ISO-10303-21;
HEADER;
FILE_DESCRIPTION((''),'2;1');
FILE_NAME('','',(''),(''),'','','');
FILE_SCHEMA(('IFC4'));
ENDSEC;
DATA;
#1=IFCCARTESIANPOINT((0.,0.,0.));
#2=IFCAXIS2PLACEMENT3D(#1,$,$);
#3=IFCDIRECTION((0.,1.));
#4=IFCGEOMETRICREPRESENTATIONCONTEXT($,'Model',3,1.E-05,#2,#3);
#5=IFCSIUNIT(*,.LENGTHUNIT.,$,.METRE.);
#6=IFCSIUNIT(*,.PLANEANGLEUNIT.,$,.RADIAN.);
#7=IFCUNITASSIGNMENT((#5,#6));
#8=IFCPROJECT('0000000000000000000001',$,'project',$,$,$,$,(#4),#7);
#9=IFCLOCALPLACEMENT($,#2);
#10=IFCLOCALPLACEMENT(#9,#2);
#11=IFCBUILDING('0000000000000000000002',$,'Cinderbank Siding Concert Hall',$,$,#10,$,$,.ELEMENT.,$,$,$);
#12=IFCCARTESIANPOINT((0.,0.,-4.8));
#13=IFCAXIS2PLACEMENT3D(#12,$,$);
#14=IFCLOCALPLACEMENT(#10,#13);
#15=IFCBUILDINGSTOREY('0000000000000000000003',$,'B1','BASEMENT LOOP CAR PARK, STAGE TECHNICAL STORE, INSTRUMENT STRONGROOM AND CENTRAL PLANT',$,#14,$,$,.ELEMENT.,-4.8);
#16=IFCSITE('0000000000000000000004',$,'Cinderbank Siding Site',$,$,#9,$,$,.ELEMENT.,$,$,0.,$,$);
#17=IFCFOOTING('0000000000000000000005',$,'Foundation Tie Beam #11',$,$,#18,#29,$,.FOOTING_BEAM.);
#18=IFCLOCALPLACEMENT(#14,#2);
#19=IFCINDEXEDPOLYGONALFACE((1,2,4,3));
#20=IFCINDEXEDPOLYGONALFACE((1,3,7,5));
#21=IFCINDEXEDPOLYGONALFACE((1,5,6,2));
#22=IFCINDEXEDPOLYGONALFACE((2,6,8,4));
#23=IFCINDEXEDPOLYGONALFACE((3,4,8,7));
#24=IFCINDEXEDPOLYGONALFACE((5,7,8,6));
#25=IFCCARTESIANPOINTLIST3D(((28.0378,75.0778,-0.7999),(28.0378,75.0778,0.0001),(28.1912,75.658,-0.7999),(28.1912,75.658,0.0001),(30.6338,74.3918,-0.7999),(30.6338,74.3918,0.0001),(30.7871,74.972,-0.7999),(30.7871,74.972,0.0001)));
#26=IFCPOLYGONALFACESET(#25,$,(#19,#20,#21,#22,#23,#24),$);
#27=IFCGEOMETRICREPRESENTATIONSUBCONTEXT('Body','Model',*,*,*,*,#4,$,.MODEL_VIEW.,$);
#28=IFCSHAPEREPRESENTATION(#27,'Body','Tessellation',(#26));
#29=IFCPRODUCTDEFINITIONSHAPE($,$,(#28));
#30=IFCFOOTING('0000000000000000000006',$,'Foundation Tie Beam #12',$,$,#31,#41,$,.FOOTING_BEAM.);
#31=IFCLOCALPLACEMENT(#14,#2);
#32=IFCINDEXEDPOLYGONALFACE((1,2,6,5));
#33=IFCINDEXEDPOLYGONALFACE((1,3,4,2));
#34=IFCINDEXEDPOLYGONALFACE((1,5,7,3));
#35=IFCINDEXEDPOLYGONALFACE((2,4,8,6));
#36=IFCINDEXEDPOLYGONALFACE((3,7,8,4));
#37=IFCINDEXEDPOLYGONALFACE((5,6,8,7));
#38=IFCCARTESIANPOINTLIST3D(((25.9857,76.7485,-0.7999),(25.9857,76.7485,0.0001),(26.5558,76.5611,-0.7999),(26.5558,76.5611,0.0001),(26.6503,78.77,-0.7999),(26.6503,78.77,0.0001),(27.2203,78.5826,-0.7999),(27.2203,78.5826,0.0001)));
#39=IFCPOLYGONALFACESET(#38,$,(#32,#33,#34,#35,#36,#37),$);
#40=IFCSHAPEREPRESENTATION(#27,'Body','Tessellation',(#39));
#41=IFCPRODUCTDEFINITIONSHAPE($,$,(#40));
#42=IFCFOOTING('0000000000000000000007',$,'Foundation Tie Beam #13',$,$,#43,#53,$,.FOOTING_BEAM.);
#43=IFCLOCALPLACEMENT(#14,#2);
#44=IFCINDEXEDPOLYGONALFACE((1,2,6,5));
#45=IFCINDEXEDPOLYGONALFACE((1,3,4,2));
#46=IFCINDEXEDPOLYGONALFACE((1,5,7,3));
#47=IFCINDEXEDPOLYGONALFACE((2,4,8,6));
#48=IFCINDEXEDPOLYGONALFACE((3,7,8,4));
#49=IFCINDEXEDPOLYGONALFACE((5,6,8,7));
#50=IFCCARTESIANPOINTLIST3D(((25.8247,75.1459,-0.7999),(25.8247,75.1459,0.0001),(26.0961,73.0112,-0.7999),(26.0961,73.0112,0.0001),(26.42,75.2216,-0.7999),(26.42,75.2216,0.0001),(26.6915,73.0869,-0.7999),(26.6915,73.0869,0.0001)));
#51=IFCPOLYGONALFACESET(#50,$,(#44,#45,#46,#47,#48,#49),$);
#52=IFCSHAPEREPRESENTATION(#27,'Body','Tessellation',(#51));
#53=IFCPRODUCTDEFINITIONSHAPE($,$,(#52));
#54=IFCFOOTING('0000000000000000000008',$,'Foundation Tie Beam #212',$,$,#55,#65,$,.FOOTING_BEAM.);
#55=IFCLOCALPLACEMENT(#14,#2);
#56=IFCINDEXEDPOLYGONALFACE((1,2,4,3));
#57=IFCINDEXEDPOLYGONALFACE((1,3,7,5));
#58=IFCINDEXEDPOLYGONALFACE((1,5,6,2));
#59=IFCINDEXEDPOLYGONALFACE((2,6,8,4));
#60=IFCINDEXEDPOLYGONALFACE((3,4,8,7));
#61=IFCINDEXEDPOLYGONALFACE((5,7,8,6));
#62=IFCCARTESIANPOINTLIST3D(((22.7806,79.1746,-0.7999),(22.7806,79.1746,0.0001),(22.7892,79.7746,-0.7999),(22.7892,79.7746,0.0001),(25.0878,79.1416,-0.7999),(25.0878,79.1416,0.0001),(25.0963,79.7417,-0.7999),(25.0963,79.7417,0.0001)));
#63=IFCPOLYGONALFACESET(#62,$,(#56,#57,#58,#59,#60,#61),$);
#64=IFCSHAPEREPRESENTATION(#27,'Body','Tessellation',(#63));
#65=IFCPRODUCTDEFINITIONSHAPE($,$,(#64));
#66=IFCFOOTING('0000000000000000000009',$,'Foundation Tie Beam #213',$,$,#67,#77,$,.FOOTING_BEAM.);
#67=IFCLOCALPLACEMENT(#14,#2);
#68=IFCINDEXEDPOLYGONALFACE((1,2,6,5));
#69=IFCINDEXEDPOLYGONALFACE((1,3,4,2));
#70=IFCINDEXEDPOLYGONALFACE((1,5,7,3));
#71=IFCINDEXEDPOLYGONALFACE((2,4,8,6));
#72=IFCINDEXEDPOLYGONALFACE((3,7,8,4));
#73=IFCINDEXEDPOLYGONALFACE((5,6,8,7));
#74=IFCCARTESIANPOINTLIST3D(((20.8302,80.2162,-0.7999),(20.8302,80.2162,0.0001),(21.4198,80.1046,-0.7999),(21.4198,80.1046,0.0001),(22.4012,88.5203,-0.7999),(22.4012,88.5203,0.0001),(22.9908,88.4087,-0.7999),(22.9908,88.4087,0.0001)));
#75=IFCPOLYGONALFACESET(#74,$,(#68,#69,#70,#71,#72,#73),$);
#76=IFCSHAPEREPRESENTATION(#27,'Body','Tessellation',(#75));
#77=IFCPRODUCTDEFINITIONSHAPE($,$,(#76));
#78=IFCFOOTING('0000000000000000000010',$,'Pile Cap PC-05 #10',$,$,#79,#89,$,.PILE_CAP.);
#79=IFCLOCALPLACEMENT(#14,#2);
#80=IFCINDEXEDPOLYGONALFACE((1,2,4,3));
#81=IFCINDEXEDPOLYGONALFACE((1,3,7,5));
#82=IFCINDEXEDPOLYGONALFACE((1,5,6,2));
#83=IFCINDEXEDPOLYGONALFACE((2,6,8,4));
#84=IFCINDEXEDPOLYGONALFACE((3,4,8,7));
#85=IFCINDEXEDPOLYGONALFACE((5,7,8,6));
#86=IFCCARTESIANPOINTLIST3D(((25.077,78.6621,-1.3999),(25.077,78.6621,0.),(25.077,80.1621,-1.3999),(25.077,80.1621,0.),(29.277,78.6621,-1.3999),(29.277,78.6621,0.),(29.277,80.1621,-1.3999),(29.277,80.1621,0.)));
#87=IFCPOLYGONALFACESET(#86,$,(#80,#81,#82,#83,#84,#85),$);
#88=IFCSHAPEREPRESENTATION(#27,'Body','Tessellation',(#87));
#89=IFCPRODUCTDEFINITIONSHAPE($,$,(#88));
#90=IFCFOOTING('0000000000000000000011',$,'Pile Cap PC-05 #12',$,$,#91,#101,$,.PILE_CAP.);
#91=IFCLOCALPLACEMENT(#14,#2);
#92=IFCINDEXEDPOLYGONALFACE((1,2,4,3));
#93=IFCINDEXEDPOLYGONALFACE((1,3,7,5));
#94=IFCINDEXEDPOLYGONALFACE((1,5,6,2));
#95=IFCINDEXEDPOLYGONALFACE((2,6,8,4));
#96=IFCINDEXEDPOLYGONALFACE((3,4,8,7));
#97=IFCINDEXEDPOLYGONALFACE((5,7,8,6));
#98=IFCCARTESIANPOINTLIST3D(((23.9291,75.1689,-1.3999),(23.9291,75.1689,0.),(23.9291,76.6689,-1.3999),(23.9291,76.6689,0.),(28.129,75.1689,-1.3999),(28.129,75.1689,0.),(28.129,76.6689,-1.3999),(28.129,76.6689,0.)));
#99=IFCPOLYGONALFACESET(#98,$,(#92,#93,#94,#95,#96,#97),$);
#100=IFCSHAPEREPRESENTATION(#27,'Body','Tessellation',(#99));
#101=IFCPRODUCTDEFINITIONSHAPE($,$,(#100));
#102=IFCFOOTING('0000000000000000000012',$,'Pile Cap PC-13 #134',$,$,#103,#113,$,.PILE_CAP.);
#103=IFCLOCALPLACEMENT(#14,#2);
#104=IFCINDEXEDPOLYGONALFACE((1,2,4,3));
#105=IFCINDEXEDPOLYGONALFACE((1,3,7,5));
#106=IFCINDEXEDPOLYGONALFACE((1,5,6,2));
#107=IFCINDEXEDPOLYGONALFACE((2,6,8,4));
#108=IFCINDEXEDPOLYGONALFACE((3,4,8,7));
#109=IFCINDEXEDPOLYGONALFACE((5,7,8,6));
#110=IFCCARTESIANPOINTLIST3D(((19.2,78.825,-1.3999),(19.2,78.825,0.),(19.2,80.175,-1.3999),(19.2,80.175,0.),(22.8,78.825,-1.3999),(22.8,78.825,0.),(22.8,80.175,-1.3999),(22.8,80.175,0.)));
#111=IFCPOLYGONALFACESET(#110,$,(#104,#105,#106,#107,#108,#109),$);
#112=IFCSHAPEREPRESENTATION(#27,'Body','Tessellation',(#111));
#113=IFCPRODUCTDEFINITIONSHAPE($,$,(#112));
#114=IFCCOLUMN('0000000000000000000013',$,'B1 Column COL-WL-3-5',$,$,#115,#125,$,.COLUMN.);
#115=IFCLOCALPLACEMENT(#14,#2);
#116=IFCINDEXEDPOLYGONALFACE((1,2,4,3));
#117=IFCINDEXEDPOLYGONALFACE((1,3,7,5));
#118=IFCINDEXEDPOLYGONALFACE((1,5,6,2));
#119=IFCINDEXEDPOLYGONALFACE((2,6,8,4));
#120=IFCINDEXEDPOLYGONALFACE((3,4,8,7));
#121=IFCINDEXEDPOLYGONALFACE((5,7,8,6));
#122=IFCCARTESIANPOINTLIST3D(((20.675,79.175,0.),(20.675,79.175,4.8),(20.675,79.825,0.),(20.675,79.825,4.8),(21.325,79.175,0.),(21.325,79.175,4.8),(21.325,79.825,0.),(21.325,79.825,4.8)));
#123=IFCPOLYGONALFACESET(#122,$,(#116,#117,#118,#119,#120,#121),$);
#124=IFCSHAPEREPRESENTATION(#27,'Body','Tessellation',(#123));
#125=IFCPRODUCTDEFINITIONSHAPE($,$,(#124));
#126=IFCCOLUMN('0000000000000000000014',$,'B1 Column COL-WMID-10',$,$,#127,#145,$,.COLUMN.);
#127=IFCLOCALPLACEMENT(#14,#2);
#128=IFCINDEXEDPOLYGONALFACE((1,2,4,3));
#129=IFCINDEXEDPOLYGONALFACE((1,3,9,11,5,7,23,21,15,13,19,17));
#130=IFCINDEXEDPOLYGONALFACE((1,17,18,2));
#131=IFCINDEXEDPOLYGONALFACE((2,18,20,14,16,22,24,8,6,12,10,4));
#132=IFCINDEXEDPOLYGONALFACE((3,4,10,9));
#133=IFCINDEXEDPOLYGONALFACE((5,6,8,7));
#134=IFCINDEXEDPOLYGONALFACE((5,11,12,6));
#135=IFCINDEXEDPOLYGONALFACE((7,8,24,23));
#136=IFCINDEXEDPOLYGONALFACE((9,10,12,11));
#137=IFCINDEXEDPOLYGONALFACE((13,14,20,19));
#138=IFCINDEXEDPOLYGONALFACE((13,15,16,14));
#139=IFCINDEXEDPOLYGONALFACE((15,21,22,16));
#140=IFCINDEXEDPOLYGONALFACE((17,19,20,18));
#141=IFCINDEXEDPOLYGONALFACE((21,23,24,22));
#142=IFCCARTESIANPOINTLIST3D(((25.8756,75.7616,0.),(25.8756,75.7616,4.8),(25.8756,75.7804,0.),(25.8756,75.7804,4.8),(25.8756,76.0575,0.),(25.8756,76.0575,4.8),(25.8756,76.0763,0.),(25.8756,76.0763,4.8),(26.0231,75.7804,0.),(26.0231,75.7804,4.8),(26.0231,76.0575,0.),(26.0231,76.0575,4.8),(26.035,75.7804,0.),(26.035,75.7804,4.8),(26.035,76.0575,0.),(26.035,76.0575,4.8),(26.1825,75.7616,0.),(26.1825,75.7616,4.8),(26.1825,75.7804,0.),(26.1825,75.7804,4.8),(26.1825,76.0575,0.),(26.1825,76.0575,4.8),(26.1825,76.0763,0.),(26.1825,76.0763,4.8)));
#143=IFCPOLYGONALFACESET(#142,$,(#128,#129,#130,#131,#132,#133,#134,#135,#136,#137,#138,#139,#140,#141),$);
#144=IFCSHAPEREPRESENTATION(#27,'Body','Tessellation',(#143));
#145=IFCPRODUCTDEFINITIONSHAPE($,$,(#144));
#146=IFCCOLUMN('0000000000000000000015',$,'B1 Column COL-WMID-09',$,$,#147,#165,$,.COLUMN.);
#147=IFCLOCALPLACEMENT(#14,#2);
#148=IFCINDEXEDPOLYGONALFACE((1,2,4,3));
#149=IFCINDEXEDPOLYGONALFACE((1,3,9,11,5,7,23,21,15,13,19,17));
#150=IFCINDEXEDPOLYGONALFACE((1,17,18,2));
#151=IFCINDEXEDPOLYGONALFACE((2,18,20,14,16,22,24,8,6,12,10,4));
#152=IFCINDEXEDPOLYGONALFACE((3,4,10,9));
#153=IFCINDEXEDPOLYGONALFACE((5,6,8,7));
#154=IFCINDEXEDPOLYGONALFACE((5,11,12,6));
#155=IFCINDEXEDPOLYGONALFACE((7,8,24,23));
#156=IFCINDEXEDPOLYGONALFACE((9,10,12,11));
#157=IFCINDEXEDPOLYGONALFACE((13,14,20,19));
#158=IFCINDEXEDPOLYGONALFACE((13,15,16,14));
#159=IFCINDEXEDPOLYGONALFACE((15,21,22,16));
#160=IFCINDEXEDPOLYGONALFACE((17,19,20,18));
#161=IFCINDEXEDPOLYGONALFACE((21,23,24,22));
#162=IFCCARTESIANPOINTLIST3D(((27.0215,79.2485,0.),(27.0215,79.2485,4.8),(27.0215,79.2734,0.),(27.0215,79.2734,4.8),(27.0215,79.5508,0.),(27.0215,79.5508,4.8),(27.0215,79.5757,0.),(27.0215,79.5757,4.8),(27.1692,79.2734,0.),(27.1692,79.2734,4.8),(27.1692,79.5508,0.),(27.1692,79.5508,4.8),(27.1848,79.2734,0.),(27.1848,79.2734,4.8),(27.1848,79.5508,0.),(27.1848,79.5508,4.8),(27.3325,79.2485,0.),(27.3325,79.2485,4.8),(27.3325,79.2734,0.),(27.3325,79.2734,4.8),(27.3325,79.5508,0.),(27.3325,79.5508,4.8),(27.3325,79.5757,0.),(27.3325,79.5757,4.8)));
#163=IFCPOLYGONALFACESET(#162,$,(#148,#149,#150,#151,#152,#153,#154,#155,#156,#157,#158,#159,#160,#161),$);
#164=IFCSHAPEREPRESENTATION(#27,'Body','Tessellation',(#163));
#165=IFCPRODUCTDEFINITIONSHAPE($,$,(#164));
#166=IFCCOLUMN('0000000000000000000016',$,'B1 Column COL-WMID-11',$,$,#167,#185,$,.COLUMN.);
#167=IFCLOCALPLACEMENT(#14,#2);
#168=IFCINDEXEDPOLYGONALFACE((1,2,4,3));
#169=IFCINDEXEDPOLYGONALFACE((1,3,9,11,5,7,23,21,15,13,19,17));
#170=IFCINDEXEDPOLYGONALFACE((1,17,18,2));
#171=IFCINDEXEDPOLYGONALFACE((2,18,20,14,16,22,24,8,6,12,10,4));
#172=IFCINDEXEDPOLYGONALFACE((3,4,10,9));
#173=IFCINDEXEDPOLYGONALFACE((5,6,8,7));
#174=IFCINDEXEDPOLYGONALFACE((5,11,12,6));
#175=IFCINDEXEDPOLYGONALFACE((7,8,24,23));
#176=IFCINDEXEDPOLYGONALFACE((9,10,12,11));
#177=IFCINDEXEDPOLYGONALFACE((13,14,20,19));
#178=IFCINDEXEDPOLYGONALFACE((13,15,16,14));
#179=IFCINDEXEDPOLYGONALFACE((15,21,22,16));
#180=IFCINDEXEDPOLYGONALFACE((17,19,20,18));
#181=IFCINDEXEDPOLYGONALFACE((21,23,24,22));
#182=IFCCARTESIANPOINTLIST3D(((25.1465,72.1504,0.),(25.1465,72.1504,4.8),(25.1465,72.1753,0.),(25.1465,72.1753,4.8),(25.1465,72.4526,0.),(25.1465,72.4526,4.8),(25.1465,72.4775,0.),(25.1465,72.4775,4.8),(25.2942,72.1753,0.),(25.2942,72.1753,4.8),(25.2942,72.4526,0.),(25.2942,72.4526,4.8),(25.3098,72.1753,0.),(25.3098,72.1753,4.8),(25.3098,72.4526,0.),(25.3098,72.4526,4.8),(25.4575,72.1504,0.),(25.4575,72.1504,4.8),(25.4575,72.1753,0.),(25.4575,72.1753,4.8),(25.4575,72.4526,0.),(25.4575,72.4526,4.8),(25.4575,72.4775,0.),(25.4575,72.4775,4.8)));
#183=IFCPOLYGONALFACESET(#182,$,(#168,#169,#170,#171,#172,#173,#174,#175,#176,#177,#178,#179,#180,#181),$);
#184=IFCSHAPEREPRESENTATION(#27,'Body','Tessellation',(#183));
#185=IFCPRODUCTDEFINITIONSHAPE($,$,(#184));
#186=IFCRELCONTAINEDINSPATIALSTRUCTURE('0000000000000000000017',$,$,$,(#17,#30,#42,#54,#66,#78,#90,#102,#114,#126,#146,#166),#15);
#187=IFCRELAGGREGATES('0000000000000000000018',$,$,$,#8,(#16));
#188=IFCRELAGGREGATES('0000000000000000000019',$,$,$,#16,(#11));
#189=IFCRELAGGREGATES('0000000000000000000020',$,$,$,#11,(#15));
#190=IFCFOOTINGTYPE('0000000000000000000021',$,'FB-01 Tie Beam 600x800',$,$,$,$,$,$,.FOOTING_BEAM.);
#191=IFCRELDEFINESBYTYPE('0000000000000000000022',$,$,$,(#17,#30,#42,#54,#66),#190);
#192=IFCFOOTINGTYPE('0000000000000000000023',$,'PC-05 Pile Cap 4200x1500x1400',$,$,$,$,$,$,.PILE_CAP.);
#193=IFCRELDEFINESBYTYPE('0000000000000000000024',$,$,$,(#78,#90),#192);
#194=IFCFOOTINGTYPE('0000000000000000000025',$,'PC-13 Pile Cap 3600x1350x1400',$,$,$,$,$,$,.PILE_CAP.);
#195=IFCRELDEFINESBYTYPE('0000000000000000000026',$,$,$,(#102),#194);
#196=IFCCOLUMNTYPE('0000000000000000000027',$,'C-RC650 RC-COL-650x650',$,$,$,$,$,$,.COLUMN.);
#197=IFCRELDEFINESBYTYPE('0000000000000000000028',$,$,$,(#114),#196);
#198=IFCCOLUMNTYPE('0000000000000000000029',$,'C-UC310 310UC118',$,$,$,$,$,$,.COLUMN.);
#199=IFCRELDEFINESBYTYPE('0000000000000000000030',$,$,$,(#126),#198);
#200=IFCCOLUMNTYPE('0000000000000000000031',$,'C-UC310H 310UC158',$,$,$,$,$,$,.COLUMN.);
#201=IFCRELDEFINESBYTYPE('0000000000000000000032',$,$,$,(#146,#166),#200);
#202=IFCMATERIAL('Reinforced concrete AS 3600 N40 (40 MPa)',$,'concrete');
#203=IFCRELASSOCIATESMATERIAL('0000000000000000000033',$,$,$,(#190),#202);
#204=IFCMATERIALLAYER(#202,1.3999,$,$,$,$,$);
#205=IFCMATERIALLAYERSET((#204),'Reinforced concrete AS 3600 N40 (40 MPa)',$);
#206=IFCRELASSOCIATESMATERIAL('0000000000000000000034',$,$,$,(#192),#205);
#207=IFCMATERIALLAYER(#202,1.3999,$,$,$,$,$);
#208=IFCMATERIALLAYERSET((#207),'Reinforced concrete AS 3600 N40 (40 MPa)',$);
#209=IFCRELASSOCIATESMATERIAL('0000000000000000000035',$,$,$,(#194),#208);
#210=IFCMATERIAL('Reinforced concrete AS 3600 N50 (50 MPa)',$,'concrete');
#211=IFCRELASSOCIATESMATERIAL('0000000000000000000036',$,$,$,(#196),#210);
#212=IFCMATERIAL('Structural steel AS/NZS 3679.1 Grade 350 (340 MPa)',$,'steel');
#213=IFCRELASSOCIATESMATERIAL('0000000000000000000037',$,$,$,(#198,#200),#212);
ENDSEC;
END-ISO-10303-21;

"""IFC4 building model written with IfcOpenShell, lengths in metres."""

from ifc_helpers import new_model, si_unit, direction, frame, origin, origin_2d, place, context, subcontext, project, spatial, rectangle, i_section, extrude, material, layer, layer_set, material_profile, profile_set, type_object, element, save


model = new_model("IFC4")

# Units and contexts
model_context = context("Model", 3, precision=1e-05, world=origin(), true_north=direction((0.0, 1.0)))
body_context = subcontext(model_context, "Body", "Model", "MODEL_VIEW")
ifc_project = project(units=[si_unit("LENGTHUNIT", "METRE"), si_unit("PLANEANGLEUNIT", "RADIAN")], contexts=[model_context])

# Site, building, storey
site_placement = place(None, origin())
site = spatial("IfcSite", under=ifc_project, at=site_placement, Name="Cinderbank Siding Site", CompositionType="ELEMENT", RefElevation=0.0)
building_placement = place(site_placement, origin())
building = spatial("IfcBuilding", under=site, at=building_placement, Name="Cinderbank Siding Concert Hall", CompositionType="ELEMENT")
storey_placement = place(building_placement, frame((0.0, 0.0, -4.8)))
storey = spatial("IfcBuildingStorey", under=building, at=storey_placement, Name="B1", Description="BASEMENT LOOP CAR PARK, STAGE TECHNICAL STORE, INSTRUMENT STRONGROOM AND CENTRAL PLANT", CompositionType="ELEMENT", Elevation=-4.8)

# Shared definitions
ifc_material_1 = material(Name="Reinforced concrete AS 3600 N40 (40 MPa)", Category="concrete")

# Footings
ifc_material_profile_1 = material_profile(ifc_material_1, rectangle(XDim=0.6001, YDim=0.8, at=origin_2d()), Name="RC-FB-600x800", Category="LoadBearing")
ifc_profile_set_1 = profile_set([ifc_material_profile_1], Name="Reinforced concrete AS 3600 N40 (40 MPa)")
footing_type_1 = type_object("IfcFootingType", Name="FB-01 Tie Beam 600x800", PredefinedType="FOOTING_BEAM", material=ifc_profile_set_1)
footing_1_placement = place(storey_placement, frame((28.1145, 75.3679, -0.3999), z_axis=(0.966809, -0.2555, 0.0), x_axis=(0.2555, 0.966809, 0.0)))
element("IfcFooting", 1, at=footing_1_placement, inside=storey, type_object=footing_type_1, Name="Foundation Tie Beam #11", PredefinedType="FOOTING_BEAM", context=body_context, shape_type="SweptSolid", body=[
    extrude(rectangle(XDim=0.6001, YDim=0.8, at=origin_2d()), origin(), (0.0, 0.0, 1.0), 2.6851),
])
footing_2_placement = place(storey_placement, frame((26.2708, 76.6548, -0.3999), z_axis=(0.312301, 0.949983, 0.0), x_axis=(-0.949983, 0.312301, 0.0)))
element("IfcFooting", 2, at=footing_2_placement, inside=storey, type_object=footing_type_1, Name="Foundation Tie Beam #12", PredefinedType="FOOTING_BEAM", context=body_context, shape_type="SweptSolid", body=[
    extrude(rectangle(XDim=0.6001, YDim=0.8, at=origin_2d()), origin(), (0.0, 0.0, 1.0), 2.1279),
])
footing_3_placement = place(storey_placement, frame((26.3938, 73.0491, -0.3999), z_axis=(-0.126157, 0.99201, 0.0), x_axis=(-0.99201, -0.126157, 0.0)))
element("IfcFooting", 3, at=footing_3_placement, inside=storey, type_object=footing_type_1, Name="Foundation Tie Beam #13", PredefinedType="FOOTING_BEAM", context=body_context, shape_type="SweptSolid", body=[
    extrude(rectangle(XDim=0.6001, YDim=0.8, at=origin_2d()), origin(), (0.0, 0.0, 1.0), 2.1519),
])
footing_4_placement = place(storey_placement, frame((22.7849, 79.4746, -0.3999), z_axis=(0.999898, -0.014284, 0.0), x_axis=(0.014284, 0.999898, 0.0)))
element("IfcFooting", 4, at=footing_4_placement, inside=storey, type_object=footing_type_1, Name="Foundation Tie Beam #212", PredefinedType="FOOTING_BEAM", context=body_context, shape_type="SweptSolid", body=[
    extrude(rectangle(XDim=0.6001, YDim=0.8, at=origin_2d()), origin(), (0.0, 0.0, 1.0), 2.3074),
])
footing_5_placement = place(storey_placement, frame((21.125, 80.1604, -0.3999), z_axis=(0.185889, 0.982571, 0.0), x_axis=(-0.982571, 0.185889, 0.0)))
element("IfcFooting", 5, at=footing_5_placement, inside=storey, type_object=footing_type_1, Name="Foundation Tie Beam #213", PredefinedType="FOOTING_BEAM", context=body_context, shape_type="SweptSolid", body=[
    extrude(rectangle(XDim=0.6001, YDim=0.8, at=origin_2d()), origin(), (0.0, 0.0, 1.0), 8.4514),
])
ifc_layer_1 = layer(ifc_material_1, 1.3999)
ifc_layer_set_1 = layer_set([ifc_layer_1], Name="Reinforced concrete AS 3600 N40 (40 MPa)")
footing_type_2 = type_object("IfcFootingType", Name="PC-05 Pile Cap 4200x1500x1400", PredefinedType="PILE_CAP", material=ifc_layer_set_1)
for number, where, z_axis, x_axis, name in (
    (6, (27.177, 79.4121, -1.3999), (0.0, 0.0, 1.0), (1.0, 0.0, 0.0), "Pile Cap PC-05 #10"),
    (7, (26.0291, 75.9189, -1.3999), (0.0, 0.0, 1.0), (1.0, 0.0, 0.0), "Pile Cap PC-05 #12"),
):
    element("IfcFooting", number, at=place(storey_placement, frame(where, z_axis=z_axis, x_axis=x_axis)), inside=storey, type_object=footing_type_2, Name=name, PredefinedType="PILE_CAP", context=body_context, shape_type="SweptSolid", body=[
        extrude(rectangle(XDim=4.2, YDim=1.5, at=origin_2d()), origin(), (0.0, 0.0, 1.0), 1.3999),
    ])
ifc_layer_2 = layer(ifc_material_1, 1.3999)
ifc_layer_set_2 = layer_set([ifc_layer_2], Name="Reinforced concrete AS 3600 N40 (40 MPa)")
footing_type_3 = type_object("IfcFootingType", Name="PC-13 Pile Cap 3600x1350x1400", PredefinedType="PILE_CAP", material=ifc_layer_set_2)
footing_6_placement = place(storey_placement, frame((21.0, 79.5, -1.3999), z_axis=(0.0, 0.0, 1.0), x_axis=(1.0, 0.0, 0.0)))
element("IfcFooting", 8, at=footing_6_placement, inside=storey, type_object=footing_type_3, Name="Pile Cap PC-13 #134", PredefinedType="PILE_CAP", context=body_context, shape_type="SweptSolid", body=[
    extrude(rectangle(XDim=3.6001, YDim=1.3501, at=origin_2d()), origin(), (0.0, 0.0, 1.0), 1.3999),
])

# Columns
ifc_material_2 = material(Name="Reinforced concrete AS 3600 N50 (50 MPa)", Category="concrete")
ifc_material_profile_2 = material_profile(ifc_material_2, rectangle(XDim=0.6499, YDim=0.6499, at=origin_2d()), Name="RC-COL-650x650", Category="LoadBearing")
ifc_profile_set_2 = profile_set([ifc_material_profile_2], Name="Reinforced concrete AS 3600 N50 (50 MPa)")
column_type_1 = type_object("IfcColumnType", Name="C-RC650 RC-COL-650x650", PredefinedType="COLUMN", material=ifc_profile_set_2)
column_1_placement = place(storey_placement, frame((21.0, 79.5, 0.0), z_axis=(0.0, 0.0, 1.0), x_axis=(1.0, 0.0, 0.0)))
element("IfcColumn", 9, at=column_1_placement, inside=storey, type_object=column_type_1, Name="B1 Column COL-WL-3-5", PredefinedType="COLUMN", context=body_context, shape_type="SweptSolid", body=[
    extrude(rectangle(XDim=0.6499, YDim=0.6499, at=origin_2d()), origin(), (0.0, 0.0, 1.0), 4.8),
])
ifc_material_3 = material(Name="Structural steel AS/NZS 3679.1 Grade 350 (340 MPa)", Category="steel")
ifc_material_profile_3 = material_profile(ifc_material_3, i_section(OverallWidth=0.3069, OverallDepth=0.3147, WebThickness=0.012, FlangeThickness=0.0188, at=origin_2d()), Name="310UC118", Category="LoadBearing")
ifc_profile_set_3 = profile_set([ifc_material_profile_3], Name="Structural steel AS/NZS 3679.1 Grade 350 (340 MPa)")
column_type_2 = type_object("IfcColumnType", Name="C-UC310 310UC118", PredefinedType="COLUMN", material=ifc_profile_set_3)
column_2_placement = place(storey_placement, frame((26.0291, 75.9189, 0.0), z_axis=(0.0, 0.0, 1.0), x_axis=(1.0, 0.0, 0.0)))
element("IfcColumn", 10, at=column_2_placement, inside=storey, type_object=column_type_2, Name="B1 Column COL-WMID-10", PredefinedType="COLUMN", context=body_context, shape_type="SweptSolid", body=[
    extrude(i_section(OverallWidth=0.3069, OverallDepth=0.3147, WebThickness=0.012, FlangeThickness=0.0188, at=origin_2d()), origin(), (0.0, 0.0, 1.0), 4.8),
])
ifc_material_profile_4 = material_profile(ifc_material_3, i_section(OverallWidth=0.311, OverallDepth=0.3271, WebThickness=0.0156, FlangeThickness=0.0249, at=origin_2d()), Name="310UC158", Category="LoadBearing")
ifc_profile_set_4 = profile_set([ifc_material_profile_4], Name="Structural steel AS/NZS 3679.1 Grade 350 (340 MPa)")
column_type_3 = type_object("IfcColumnType", Name="C-UC310H 310UC158", PredefinedType="COLUMN", material=ifc_profile_set_4)
for number, where, z_axis, x_axis, name in (
    (11, (27.177, 79.4121, 0.0), (0.0, 0.0, 1.0), (1.0, 0.0, 0.0), "B1 Column COL-WMID-09"),
    (12, (25.302, 72.314, 0.0), (0.0, 0.0, 1.0), (1.0, 0.0, 0.0), "B1 Column COL-WMID-11"),
):
    element("IfcColumn", number, at=place(storey_placement, frame(where, z_axis=z_axis, x_axis=x_axis)), inside=storey, type_object=column_type_3, Name=name, PredefinedType="COLUMN", context=body_context, shape_type="SweptSolid", body=[
        extrude(i_section(OverallWidth=0.311, OverallDepth=0.3271, WebThickness=0.0156, FlangeThickness=0.0249, at=origin_2d()), origin(), (0.0, 0.0, 1.0), 4.8),
    ])

save(model, "model.ifc")
